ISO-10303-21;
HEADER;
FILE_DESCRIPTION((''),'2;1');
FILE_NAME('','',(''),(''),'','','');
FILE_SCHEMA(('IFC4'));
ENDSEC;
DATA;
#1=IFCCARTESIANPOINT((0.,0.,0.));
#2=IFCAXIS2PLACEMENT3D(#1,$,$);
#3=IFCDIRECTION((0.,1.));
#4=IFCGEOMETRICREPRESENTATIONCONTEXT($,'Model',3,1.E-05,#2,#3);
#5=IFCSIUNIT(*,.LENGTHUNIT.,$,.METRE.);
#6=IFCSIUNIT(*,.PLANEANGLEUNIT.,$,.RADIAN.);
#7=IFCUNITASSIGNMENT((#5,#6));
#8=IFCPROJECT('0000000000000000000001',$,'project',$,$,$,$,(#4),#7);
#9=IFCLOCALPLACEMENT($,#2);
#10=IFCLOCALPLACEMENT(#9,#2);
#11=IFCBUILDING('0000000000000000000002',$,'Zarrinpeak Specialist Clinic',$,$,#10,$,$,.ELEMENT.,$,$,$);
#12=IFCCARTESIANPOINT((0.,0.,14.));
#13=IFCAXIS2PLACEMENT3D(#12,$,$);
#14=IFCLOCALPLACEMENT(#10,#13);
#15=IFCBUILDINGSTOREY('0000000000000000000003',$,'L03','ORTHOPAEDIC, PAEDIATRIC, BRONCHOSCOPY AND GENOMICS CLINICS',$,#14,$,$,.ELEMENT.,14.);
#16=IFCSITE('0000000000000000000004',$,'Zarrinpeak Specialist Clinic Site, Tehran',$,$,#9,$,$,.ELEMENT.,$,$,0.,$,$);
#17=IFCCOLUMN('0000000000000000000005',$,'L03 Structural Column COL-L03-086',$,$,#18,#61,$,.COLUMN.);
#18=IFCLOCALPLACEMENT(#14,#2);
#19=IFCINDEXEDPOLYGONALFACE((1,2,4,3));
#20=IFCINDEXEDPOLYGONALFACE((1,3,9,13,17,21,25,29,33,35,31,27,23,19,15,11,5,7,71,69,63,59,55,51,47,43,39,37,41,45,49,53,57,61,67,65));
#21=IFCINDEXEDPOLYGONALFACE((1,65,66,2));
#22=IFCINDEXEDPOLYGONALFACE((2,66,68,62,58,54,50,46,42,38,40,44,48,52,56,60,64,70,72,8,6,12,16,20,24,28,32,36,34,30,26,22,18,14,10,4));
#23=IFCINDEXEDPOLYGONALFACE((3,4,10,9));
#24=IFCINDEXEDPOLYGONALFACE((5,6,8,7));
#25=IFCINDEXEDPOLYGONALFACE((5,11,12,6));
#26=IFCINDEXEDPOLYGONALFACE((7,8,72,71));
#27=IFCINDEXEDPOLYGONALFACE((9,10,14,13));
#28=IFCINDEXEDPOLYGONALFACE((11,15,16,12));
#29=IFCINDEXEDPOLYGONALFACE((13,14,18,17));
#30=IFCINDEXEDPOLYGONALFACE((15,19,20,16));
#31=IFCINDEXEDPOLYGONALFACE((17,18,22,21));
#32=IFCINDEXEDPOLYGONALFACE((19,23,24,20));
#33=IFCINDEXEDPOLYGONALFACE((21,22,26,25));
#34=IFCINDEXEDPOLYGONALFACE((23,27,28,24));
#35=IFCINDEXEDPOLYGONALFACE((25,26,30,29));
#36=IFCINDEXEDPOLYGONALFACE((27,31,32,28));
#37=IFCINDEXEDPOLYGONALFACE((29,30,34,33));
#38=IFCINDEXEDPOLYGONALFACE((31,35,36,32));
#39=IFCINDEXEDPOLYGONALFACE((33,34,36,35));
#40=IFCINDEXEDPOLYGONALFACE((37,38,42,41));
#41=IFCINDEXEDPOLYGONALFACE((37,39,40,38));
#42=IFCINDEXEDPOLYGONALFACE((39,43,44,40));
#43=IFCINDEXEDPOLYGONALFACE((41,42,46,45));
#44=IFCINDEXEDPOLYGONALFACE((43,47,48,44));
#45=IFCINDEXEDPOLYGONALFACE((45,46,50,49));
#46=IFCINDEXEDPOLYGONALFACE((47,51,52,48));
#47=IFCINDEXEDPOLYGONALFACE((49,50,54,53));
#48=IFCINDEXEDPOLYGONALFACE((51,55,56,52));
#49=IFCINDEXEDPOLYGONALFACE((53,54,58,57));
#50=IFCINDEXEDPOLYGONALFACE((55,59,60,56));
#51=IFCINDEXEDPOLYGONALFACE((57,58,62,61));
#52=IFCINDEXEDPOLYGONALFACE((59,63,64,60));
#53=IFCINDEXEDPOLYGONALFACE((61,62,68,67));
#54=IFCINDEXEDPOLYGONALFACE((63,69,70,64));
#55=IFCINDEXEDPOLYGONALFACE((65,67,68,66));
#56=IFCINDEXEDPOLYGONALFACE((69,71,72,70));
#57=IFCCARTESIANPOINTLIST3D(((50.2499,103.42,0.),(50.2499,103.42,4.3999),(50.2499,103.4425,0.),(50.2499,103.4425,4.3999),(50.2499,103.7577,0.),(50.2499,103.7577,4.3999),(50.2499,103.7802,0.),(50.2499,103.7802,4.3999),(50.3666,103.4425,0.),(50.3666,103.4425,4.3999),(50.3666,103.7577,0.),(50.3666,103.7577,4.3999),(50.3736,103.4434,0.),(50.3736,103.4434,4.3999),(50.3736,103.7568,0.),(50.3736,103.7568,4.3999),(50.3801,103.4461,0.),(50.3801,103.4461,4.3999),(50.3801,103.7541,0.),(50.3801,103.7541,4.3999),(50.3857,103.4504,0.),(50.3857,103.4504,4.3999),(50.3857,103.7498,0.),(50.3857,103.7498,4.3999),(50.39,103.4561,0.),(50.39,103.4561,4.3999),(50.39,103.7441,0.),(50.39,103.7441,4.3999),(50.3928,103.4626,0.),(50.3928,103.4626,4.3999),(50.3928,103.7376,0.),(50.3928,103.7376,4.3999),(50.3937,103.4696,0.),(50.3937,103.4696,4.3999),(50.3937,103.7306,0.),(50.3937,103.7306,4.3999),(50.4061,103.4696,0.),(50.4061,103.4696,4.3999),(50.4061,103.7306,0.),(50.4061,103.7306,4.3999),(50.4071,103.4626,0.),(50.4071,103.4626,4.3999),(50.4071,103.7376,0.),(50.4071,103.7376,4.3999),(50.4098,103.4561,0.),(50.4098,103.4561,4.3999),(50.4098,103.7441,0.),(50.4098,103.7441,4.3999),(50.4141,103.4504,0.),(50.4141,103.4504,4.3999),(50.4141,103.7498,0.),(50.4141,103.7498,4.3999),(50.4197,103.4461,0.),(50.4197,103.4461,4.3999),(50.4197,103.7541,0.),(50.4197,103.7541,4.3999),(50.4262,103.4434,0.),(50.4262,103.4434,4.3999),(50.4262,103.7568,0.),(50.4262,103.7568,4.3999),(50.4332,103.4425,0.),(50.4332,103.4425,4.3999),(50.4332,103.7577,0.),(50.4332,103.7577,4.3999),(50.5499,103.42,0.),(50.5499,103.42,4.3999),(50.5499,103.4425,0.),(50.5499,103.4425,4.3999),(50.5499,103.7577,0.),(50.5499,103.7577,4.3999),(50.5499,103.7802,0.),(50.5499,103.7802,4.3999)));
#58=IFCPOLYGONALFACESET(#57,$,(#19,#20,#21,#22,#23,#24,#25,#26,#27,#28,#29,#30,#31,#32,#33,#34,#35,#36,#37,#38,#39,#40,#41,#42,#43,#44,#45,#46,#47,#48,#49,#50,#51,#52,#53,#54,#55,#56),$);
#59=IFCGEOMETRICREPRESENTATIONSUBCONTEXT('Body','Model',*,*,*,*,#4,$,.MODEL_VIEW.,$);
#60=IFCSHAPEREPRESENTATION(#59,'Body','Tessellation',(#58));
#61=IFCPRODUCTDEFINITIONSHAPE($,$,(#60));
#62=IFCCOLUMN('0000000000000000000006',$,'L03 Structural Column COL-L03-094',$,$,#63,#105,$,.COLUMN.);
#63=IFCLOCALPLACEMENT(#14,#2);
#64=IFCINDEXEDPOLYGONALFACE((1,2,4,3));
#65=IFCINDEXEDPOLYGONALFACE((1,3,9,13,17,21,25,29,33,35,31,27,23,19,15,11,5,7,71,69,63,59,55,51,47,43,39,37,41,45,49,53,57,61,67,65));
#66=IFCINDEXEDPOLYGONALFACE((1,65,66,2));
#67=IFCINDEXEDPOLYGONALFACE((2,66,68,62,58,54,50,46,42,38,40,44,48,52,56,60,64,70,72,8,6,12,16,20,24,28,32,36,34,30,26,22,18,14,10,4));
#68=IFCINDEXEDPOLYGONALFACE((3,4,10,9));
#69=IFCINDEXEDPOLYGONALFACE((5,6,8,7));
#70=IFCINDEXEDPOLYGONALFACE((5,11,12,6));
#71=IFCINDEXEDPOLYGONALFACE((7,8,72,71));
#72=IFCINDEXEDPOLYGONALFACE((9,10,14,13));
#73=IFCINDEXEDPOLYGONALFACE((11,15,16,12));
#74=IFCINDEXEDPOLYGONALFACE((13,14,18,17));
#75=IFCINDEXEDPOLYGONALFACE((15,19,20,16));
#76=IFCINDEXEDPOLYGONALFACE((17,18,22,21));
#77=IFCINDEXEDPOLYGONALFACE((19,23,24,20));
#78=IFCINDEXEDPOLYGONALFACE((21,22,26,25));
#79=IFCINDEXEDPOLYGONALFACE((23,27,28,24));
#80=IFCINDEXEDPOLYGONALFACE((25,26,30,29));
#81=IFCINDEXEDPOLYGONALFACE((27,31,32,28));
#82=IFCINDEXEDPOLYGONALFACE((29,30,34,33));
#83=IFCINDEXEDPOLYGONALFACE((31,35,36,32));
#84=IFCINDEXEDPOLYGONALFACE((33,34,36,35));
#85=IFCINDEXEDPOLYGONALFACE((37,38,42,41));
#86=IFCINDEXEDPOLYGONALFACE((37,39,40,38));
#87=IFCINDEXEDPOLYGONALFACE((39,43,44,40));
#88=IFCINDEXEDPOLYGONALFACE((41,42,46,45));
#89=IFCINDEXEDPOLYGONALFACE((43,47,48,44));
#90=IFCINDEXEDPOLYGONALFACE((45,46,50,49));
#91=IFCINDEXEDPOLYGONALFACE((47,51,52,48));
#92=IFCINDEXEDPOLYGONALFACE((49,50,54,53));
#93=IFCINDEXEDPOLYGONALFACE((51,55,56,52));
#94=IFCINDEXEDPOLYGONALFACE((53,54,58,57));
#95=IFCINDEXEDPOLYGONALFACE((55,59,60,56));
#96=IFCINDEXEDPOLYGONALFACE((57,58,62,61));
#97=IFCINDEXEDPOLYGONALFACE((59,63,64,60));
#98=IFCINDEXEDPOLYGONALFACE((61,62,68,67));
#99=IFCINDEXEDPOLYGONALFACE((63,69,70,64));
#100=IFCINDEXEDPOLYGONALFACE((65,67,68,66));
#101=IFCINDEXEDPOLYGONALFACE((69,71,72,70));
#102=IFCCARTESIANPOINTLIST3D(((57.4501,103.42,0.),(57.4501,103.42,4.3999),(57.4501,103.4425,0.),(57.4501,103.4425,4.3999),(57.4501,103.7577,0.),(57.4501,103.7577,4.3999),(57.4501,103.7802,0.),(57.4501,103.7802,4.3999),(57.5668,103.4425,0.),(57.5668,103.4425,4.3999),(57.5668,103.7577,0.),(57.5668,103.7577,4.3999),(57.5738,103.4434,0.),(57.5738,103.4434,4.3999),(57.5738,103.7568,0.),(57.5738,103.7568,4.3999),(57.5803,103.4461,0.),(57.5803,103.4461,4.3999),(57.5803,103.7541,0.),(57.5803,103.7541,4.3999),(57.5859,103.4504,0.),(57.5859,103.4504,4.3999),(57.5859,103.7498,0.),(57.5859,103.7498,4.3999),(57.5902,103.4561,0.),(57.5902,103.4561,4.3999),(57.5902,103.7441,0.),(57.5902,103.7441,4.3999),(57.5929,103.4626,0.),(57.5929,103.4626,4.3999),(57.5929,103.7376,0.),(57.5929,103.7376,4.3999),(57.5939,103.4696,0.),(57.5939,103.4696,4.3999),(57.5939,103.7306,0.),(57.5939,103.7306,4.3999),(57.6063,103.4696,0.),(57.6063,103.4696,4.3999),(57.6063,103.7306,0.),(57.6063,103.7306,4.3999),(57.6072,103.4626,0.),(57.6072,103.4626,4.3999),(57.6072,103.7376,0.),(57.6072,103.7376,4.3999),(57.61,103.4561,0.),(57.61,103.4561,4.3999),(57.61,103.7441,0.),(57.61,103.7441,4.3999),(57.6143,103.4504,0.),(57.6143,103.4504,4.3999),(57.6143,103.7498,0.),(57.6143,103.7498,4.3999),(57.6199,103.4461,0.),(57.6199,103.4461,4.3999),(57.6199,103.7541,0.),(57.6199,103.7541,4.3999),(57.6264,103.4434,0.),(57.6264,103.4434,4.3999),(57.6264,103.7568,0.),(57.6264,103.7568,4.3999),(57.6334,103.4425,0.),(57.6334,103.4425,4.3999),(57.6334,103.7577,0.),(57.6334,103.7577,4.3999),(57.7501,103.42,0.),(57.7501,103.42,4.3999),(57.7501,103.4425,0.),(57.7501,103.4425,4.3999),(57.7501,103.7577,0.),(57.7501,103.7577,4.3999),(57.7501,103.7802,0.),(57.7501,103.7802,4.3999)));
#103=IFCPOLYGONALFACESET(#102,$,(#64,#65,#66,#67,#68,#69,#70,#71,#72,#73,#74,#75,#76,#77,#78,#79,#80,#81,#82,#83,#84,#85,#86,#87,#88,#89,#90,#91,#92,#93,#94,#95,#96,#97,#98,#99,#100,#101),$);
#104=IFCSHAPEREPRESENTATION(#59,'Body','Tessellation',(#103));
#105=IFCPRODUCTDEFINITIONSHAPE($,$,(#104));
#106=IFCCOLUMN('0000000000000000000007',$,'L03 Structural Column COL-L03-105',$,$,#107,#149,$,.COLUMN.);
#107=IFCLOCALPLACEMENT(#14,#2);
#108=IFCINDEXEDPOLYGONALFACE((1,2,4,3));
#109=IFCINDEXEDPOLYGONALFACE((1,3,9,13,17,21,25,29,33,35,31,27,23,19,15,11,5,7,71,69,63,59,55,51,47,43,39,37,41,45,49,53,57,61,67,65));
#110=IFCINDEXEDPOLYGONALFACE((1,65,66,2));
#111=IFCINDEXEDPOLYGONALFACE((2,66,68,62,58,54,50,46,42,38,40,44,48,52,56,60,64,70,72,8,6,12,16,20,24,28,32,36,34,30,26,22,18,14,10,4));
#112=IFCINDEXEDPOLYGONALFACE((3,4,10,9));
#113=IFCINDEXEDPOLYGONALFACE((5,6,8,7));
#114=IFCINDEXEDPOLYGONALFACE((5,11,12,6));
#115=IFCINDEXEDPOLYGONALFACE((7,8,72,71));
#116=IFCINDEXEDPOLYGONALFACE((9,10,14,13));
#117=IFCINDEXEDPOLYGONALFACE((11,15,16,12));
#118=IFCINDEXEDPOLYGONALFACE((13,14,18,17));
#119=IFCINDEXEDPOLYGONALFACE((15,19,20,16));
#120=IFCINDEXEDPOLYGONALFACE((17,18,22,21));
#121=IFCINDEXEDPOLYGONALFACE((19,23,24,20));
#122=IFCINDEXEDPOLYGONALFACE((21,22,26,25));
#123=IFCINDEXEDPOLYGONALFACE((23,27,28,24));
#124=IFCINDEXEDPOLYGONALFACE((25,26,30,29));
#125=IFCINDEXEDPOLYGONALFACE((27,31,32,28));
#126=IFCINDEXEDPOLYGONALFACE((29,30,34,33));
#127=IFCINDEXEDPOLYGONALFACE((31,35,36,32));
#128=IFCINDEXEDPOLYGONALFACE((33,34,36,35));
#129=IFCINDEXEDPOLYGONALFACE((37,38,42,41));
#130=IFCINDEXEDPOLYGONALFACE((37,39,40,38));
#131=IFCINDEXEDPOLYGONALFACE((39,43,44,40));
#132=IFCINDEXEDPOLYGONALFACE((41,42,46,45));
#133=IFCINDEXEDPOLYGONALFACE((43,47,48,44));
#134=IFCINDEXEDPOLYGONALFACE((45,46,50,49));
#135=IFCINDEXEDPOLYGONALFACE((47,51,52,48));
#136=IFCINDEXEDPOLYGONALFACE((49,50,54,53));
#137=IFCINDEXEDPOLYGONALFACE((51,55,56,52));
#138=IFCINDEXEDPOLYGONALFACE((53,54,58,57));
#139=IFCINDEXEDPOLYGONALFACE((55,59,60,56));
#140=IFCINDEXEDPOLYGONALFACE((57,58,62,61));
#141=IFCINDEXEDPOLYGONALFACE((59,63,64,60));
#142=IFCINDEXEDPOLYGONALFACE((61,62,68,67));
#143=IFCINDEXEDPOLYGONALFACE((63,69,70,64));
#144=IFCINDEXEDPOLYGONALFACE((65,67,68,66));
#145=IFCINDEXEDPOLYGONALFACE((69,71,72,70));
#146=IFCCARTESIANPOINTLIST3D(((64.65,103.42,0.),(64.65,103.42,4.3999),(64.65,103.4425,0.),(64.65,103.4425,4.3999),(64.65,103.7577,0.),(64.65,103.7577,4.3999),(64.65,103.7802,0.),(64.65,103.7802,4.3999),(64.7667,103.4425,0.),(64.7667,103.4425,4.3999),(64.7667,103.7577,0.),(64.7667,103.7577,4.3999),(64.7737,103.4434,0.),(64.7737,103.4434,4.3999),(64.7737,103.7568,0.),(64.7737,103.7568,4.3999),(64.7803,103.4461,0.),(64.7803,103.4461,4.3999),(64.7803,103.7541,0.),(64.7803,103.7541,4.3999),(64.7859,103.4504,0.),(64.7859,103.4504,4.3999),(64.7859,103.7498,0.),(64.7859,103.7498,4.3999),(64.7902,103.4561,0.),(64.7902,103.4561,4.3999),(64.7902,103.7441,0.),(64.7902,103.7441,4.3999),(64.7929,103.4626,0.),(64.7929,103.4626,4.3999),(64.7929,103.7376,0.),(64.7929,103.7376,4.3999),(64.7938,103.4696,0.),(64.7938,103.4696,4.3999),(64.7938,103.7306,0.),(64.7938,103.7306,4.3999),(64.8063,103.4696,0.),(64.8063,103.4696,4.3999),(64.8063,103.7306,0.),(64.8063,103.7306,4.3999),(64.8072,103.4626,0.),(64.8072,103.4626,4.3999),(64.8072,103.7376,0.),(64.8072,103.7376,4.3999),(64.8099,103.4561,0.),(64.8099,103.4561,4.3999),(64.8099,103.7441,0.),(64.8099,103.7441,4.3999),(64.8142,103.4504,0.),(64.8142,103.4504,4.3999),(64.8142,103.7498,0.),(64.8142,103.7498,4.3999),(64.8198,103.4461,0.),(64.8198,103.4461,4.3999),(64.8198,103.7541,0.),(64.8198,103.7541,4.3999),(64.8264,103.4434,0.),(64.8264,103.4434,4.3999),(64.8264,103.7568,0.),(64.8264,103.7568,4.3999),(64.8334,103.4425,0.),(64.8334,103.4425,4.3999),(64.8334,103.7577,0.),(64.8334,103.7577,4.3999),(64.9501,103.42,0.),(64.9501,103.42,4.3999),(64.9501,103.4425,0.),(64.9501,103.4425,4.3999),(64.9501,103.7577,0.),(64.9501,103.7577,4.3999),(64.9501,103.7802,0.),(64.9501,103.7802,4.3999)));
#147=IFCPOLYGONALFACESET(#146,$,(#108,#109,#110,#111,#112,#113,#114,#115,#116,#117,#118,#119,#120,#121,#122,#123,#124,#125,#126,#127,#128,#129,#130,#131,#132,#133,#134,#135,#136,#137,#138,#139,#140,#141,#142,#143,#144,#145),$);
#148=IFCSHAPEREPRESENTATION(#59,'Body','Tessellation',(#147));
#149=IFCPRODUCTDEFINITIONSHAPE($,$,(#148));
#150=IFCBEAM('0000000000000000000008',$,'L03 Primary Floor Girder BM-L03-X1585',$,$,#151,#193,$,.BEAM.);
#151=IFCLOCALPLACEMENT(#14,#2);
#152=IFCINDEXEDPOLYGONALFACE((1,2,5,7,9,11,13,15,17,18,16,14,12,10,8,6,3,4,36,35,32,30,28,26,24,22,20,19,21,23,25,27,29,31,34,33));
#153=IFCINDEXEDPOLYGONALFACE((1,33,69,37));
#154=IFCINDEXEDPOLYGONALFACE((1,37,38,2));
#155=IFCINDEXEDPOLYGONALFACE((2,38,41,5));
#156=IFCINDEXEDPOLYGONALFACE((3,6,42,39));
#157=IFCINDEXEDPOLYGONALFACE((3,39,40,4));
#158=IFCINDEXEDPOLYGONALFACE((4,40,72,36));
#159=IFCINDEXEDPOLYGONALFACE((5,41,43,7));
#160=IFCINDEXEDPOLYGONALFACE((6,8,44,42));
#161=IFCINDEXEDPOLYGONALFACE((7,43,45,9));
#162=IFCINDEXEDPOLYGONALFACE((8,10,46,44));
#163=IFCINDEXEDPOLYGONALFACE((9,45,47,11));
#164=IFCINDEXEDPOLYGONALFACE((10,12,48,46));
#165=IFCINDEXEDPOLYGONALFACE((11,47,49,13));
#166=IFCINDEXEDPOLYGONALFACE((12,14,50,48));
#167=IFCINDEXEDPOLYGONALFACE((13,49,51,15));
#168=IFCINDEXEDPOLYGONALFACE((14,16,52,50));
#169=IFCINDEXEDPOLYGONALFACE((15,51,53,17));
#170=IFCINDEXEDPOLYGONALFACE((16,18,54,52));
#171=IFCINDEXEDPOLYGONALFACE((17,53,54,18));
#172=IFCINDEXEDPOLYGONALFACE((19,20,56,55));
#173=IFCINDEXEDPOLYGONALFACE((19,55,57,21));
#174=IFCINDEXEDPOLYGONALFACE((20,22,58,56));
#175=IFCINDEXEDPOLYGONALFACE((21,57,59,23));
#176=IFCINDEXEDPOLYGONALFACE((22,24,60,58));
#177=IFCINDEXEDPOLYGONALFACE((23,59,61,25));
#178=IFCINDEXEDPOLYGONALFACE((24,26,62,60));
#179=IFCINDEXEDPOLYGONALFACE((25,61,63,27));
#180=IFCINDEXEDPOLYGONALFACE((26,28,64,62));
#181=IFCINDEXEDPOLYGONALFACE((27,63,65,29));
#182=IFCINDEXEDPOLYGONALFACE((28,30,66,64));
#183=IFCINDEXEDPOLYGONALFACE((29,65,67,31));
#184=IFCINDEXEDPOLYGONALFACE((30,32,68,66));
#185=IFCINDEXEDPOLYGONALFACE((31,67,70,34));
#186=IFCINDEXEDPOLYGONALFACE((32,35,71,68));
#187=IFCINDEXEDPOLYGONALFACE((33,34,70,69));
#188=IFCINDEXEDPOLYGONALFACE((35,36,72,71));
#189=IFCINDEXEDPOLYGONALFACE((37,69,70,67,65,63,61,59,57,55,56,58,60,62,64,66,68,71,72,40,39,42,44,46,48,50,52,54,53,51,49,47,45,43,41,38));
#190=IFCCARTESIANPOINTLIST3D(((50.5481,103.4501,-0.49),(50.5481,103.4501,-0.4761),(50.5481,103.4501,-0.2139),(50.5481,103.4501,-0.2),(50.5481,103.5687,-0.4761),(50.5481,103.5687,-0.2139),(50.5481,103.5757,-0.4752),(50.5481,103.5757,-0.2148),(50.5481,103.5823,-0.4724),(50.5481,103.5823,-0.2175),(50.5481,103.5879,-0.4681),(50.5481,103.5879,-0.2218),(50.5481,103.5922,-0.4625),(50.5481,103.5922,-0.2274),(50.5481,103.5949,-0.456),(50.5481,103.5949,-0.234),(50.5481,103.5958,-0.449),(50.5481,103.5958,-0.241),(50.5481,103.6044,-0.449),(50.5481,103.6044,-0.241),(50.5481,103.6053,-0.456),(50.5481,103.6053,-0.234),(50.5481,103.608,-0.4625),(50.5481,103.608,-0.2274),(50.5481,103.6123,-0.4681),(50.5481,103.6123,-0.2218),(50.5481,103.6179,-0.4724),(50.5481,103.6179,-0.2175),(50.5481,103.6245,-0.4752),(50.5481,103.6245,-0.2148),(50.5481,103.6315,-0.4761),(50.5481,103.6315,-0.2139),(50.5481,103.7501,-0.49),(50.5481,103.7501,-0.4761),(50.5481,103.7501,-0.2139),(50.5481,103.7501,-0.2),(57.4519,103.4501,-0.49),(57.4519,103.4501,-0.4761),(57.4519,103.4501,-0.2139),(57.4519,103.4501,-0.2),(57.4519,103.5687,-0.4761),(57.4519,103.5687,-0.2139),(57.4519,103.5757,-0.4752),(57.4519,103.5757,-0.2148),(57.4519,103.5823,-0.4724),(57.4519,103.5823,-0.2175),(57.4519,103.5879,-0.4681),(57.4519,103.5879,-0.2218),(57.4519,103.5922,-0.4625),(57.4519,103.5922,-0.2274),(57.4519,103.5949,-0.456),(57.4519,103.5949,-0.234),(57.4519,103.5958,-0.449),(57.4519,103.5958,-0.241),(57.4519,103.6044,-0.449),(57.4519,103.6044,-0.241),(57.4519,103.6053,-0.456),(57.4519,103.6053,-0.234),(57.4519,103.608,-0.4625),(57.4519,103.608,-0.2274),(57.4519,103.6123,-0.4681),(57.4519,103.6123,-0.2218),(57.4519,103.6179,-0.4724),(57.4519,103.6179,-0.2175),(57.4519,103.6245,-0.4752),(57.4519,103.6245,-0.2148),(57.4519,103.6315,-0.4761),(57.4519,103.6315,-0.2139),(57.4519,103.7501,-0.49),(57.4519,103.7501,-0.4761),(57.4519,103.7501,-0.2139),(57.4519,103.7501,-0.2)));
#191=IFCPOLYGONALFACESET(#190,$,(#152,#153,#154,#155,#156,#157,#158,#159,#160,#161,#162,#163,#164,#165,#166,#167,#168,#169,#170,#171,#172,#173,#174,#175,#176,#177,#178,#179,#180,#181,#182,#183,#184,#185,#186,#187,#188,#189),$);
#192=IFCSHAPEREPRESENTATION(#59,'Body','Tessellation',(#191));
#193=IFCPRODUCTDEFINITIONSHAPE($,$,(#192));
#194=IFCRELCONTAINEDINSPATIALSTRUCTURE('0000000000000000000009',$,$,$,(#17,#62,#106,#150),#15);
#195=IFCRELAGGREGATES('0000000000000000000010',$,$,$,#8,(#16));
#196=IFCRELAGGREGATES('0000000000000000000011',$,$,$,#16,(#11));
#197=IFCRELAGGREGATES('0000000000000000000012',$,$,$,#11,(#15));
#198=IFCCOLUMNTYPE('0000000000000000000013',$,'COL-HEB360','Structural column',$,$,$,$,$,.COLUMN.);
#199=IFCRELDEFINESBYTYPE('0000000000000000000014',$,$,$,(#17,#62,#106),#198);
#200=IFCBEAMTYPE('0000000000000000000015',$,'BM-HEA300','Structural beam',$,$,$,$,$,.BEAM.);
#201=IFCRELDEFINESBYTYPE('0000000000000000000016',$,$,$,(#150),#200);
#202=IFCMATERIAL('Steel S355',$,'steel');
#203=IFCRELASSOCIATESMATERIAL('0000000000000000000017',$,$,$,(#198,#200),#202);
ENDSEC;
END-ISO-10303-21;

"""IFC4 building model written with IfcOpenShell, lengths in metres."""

from ifc_helpers import new_model, si_unit, direction, frame, origin, origin_2d, place, context, subcontext, project, spatial, i_section, extrude, material, material_profile, profile_set, type_object, element, save


model = new_model("IFC4")

# Units and contexts
model_context = context("Model", 3, precision=1e-05, world=origin(), true_north=direction((0.0, 1.0)))
body_context = subcontext(model_context, "Body", "Model", "MODEL_VIEW")
ifc_project = project(units=[si_unit("LENGTHUNIT", "METRE"), si_unit("PLANEANGLEUNIT", "RADIAN")], contexts=[model_context])

# Site, building, storey
site_placement = place(None, origin())
site = spatial("IfcSite", under=ifc_project, at=site_placement, Name="Zarrinpeak Specialist Clinic Site, Tehran", CompositionType="ELEMENT", RefElevation=0.0)
building_placement = place(site_placement, origin())
building = spatial("IfcBuilding", under=site, at=building_placement, Name="Zarrinpeak Specialist Clinic", CompositionType="ELEMENT")
storey_placement = place(building_placement, frame((0.0, 0.0, 14.0)))
storey = spatial("IfcBuildingStorey", under=building, at=storey_placement, Name="L03", Description="ORTHOPAEDIC, PAEDIATRIC, BRONCHOSCOPY AND GENOMICS CLINICS", CompositionType="ELEMENT", Elevation=14.0)

# Columns
ifc_material_1 = material(Name="Steel S355", Category="steel")
ifc_material_profile_1 = material_profile(ifc_material_1, i_section(OverallWidth=0.3, OverallDepth=0.3601, WebThickness=0.0125, FlangeThickness=0.0225, FilletRadius=0.0271, at=origin_2d()), Name="HEB 360")
ifc_profile_set_1 = profile_set([ifc_material_profile_1], Name="Steel S355")
column_type = type_object("IfcColumnType", Name="COL-HEB360", Description="Structural column", PredefinedType="COLUMN", material=ifc_profile_set_1)
for number, where, z_axis, x_axis, name in (
    (1, (50.3999, 103.6001, 0.0), (0.0, 0.0, 1.0), (1.0, 0.0, 0.0), "L03 Structural Column COL-L03-086"),
    (2, (57.6001, 103.6001, 0.0), (0.0, 0.0, 1.0), (1.0, 0.0, 0.0), "L03 Structural Column COL-L03-094"),
    (3, (64.8, 103.6001, 0.0), (0.0, 0.0, 1.0), (1.0, 0.0, 0.0), "L03 Structural Column COL-L03-105"),
):
    element("IfcColumn", number, at=place(storey_placement, frame(where, z_axis=z_axis, x_axis=x_axis)), inside=storey, type_object=column_type, Name=name, PredefinedType="COLUMN", context=body_context, shape_type="SweptSolid", body=[
        extrude(i_section(OverallWidth=0.3, OverallDepth=0.3601, WebThickness=0.0125, FlangeThickness=0.0225, FilletRadius=0.0271, at=origin_2d()), origin(), (0.0, 0.0, 1.0), 4.3999),
    ])

# Beam
ifc_material_profile_2 = material_profile(ifc_material_1, i_section(OverallWidth=0.3, OverallDepth=0.29, WebThickness=0.0085, FlangeThickness=0.0139, FilletRadius=0.0271, at=origin_2d()), Name="HEA 300")
ifc_profile_set_2 = profile_set([ifc_material_profile_2], Name="Steel S355")
beam_type_1 = type_object("IfcBeamType", Name="BM-HEA300", Description="Structural beam", PredefinedType="BEAM", material=ifc_profile_set_2)
beam_1_placement = place(storey_placement, frame((50.5481, 103.6001, -0.345), z_axis=(1.0, 0.0, 0.0), x_axis=(0.0, 1.0, 0.0)))
element("IfcBeam", 4, at=beam_1_placement, inside=storey, type_object=beam_type_1, Name="L03 Primary Floor Girder BM-L03-X1585", PredefinedType="BEAM", context=body_context, shape_type="SweptSolid", body=[
    extrude(i_section(OverallWidth=0.3, OverallDepth=0.29, WebThickness=0.0085, FlangeThickness=0.0139, FilletRadius=0.0271, at=origin_2d()), origin(), (0.0, 0.0, 1.0), 6.9038),
])

save(model, "model.ifc")
